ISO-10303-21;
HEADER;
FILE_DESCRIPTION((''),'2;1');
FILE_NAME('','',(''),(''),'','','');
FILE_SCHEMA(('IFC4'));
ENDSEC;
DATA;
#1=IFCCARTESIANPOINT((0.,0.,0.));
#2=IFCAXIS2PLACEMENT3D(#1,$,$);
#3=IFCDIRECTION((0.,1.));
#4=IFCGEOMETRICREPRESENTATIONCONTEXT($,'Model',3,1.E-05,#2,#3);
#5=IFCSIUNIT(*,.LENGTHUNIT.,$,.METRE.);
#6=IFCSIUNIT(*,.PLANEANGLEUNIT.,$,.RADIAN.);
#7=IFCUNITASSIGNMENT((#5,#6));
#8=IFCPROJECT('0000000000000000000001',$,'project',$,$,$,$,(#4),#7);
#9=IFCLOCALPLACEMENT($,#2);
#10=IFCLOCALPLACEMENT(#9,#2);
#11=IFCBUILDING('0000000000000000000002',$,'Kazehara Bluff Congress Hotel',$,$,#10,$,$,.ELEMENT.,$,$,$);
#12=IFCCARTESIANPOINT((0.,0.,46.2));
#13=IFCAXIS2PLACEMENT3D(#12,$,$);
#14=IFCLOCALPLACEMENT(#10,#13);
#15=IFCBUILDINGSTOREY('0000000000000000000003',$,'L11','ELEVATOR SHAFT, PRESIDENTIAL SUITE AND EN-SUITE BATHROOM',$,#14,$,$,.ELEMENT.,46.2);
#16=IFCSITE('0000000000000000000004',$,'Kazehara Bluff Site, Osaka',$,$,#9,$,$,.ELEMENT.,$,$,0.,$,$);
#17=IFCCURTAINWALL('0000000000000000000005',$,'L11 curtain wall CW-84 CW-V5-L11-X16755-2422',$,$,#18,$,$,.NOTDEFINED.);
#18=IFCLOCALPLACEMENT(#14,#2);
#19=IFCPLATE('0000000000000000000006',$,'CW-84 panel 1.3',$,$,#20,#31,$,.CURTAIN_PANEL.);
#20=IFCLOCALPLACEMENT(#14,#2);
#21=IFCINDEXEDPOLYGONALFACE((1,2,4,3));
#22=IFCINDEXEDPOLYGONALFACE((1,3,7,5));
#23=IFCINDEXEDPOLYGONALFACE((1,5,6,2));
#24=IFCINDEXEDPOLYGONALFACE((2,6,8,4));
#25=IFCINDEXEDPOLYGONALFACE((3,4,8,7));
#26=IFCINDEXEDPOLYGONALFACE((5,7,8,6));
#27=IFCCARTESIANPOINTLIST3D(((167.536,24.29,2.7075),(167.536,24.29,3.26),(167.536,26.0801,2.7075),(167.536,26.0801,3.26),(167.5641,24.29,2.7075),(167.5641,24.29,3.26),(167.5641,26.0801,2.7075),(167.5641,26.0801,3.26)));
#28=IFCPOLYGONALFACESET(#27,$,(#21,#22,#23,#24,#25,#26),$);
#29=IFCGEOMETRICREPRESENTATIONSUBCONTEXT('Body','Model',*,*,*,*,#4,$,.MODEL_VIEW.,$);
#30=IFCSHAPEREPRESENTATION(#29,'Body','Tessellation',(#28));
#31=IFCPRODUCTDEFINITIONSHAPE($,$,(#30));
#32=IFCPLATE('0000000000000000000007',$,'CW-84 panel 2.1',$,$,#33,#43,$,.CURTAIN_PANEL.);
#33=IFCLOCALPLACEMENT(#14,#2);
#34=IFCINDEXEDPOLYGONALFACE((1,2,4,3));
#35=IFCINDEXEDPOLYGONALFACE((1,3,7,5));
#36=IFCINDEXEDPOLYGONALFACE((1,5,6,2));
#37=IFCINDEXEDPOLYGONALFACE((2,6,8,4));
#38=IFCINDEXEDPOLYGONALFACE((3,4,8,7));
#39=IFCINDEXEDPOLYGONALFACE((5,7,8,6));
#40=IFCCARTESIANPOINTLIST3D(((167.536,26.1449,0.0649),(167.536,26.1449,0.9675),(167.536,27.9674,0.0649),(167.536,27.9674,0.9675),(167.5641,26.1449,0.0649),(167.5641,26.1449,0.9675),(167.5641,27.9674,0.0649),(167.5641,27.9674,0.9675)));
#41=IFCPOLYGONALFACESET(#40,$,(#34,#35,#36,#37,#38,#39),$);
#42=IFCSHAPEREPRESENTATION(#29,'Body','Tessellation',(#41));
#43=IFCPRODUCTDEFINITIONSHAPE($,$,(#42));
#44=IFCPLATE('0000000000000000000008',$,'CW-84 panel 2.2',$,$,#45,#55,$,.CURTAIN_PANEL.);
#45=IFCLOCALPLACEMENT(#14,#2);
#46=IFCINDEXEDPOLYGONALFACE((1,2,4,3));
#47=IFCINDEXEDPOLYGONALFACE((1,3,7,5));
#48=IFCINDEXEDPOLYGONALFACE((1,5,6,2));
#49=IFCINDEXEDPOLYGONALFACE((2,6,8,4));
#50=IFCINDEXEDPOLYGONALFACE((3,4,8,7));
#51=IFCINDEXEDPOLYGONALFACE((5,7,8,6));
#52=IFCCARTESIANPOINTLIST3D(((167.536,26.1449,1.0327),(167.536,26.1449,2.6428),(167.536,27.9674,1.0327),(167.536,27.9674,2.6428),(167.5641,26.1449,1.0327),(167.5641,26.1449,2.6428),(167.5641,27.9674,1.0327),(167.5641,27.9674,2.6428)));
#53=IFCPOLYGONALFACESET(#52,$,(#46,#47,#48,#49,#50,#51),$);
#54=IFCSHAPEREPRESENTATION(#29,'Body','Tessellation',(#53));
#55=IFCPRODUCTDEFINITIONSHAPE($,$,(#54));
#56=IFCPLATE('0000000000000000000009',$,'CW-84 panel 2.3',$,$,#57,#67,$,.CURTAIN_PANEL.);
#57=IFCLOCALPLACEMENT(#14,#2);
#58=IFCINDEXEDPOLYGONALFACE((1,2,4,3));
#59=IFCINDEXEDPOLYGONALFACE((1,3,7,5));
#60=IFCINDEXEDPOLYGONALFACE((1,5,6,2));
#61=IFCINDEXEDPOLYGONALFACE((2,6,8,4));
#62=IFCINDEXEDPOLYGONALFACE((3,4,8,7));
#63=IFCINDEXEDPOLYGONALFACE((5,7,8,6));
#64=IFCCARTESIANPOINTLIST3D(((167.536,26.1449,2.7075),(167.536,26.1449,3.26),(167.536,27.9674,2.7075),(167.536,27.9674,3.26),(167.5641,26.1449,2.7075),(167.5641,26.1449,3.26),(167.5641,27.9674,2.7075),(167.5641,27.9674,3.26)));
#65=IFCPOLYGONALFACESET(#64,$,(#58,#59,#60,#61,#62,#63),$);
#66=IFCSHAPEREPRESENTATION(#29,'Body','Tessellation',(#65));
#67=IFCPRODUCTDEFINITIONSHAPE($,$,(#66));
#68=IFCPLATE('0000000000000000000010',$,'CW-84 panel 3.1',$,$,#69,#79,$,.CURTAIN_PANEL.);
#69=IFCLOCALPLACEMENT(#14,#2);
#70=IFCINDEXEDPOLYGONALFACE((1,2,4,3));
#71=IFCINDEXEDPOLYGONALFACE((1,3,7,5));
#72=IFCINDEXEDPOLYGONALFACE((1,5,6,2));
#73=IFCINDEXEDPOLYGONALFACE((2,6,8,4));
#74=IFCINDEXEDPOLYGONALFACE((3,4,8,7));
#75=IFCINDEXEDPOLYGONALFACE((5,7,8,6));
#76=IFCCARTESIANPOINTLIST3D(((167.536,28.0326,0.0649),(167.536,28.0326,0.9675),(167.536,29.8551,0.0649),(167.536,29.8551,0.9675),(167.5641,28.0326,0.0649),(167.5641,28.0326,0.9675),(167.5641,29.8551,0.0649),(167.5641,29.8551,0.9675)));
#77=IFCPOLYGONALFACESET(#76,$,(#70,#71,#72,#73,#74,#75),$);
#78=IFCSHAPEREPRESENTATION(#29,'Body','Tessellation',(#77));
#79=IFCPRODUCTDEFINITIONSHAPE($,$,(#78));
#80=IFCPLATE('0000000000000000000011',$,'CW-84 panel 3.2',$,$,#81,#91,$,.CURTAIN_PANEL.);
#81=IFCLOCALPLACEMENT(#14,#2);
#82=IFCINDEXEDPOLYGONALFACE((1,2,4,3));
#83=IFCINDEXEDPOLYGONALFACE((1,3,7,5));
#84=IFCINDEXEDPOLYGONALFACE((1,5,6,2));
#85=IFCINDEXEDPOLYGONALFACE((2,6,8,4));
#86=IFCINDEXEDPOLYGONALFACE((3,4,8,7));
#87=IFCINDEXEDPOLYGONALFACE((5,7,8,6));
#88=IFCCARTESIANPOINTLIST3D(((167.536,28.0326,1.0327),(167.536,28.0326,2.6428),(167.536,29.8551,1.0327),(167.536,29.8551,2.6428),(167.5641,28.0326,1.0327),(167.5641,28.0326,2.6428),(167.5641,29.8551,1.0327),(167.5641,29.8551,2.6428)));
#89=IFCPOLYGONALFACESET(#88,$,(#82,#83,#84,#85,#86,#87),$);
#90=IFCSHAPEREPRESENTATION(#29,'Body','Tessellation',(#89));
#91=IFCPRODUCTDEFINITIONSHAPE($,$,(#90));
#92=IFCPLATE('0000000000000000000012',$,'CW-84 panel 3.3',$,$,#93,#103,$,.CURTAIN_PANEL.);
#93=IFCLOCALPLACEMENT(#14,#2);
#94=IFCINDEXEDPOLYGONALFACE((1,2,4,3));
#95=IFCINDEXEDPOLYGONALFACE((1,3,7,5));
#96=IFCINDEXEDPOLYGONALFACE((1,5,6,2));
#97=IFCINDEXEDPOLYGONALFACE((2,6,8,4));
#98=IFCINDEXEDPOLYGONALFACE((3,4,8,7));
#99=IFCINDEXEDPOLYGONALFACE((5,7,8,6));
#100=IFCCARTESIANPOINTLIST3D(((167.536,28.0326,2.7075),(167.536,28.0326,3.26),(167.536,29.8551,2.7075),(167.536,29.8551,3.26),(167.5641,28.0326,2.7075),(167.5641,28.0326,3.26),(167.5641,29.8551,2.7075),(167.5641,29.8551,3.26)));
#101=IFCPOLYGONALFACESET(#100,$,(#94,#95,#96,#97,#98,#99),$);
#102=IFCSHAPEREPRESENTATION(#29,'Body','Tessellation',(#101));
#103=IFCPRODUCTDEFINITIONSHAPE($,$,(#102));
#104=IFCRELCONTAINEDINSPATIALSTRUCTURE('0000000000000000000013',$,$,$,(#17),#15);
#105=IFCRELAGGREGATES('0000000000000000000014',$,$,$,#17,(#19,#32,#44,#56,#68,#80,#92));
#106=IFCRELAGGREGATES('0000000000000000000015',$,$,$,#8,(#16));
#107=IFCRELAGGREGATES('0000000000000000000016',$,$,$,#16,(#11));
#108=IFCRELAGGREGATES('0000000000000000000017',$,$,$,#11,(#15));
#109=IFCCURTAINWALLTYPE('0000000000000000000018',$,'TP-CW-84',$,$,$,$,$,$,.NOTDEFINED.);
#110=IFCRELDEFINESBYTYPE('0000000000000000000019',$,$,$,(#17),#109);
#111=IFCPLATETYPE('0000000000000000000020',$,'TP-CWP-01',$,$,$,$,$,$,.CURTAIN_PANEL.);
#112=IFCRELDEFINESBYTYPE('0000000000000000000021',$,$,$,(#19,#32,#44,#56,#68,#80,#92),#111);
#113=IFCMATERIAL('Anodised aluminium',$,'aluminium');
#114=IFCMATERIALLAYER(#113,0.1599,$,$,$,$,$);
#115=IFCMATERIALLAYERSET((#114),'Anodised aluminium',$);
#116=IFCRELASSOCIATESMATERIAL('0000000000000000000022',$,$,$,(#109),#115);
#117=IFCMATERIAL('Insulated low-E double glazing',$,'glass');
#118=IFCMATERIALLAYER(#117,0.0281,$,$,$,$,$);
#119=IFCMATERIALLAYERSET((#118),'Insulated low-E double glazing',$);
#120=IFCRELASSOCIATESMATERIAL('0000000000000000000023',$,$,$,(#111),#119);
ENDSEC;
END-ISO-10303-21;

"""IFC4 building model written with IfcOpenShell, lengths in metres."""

from ifc_helpers import new_model, si_unit, direction, frame, origin, origin_2d, place, context, subcontext, project, spatial, rectangle, extrude, material, layer, layer_set, type_object, element, aggregate, save


model = new_model("IFC4")

# Units and contexts
model_context = context("Model", 3, precision=1e-05, world=origin(), true_north=direction((0.0, 1.0)))
body_context = subcontext(model_context, "Body", "Model", "MODEL_VIEW")
ifc_project = project(units=[si_unit("LENGTHUNIT", "METRE"), si_unit("PLANEANGLEUNIT", "RADIAN")], contexts=[model_context])

# Site, building, storey
site_placement = place(None, origin())
site = spatial("IfcSite", under=ifc_project, at=site_placement, Name="Kazehara Bluff Site, Osaka", CompositionType="ELEMENT", RefElevation=0.0)
building_placement = place(site_placement, origin())
building = spatial("IfcBuilding", under=site, at=building_placement, Name="Kazehara Bluff Congress Hotel", CompositionType="ELEMENT")
storey_placement = place(building_placement, frame((0.0, 0.0, 46.2)))
storey = spatial("IfcBuildingStorey", under=building, at=storey_placement, Name="L11", Description="ELEVATOR SHAFT, PRESIDENTIAL SUITE AND EN-SUITE BATHROOM", CompositionType="ELEMENT", Elevation=46.2)

# Curtain wall
ifc_material_1 = material(Name="Anodised aluminium", Category="aluminium")
ifc_layer_1 = layer(ifc_material_1, 0.1599)
ifc_layer_set_1 = layer_set([ifc_layer_1], Name="Anodised aluminium")
curtain_wall_type = type_object("IfcCurtainWallType", Name="TP-CW-84", PredefinedType="NOTDEFINED", material=ifc_layer_set_1)
curtain_wall_placement = place(storey_placement, origin())
curtain_wall = element("IfcCurtainWall", 1, at=curtain_wall_placement, inside=storey, type_object=curtain_wall_type, Name="L11 curtain wall CW-84 CW-V5-L11-X16755-2422", PredefinedType="NOTDEFINED")

# Plates
ifc_material_2 = material(Name="Insulated low-E double glazing", Category="glass")
ifc_layer_2 = layer(ifc_material_2, 0.0281)
ifc_layer_set_2 = layer_set([ifc_layer_2], Name="Insulated low-E double glazing")
plate_type = type_object("IfcPlateType", Name="TP-CWP-01", PredefinedType="CURTAIN_PANEL", material=ifc_layer_set_2)
plate_1_placement = place(storey_placement, frame((167.55, 25.1851, 2.7075), z_axis=(0.0, 0.0, 1.0), x_axis=(0.0, 1.0, 0.0)))
plate_1 = element("IfcPlate", 2, at=plate_1_placement, type_object=plate_type, Name="CW-84 panel 1.3", PredefinedType="CURTAIN_PANEL", context=body_context, shape_type="SweptSolid", body=[
    extrude(rectangle(XDim=1.79, YDim=0.0281, at=origin_2d()), origin(), (0.0, 0.0, 1.0), 0.5525),
])
plate_2_placement = place(storey_placement, frame((167.55, 27.0562, 0.0649), z_axis=(0.0, 0.0, 1.0), x_axis=(0.0, 1.0, 0.0)))
plate_2 = element("IfcPlate", 3, at=plate_2_placement, type_object=plate_type, Name="CW-84 panel 2.1", PredefinedType="CURTAIN_PANEL", context=body_context, shape_type="SweptSolid", body=[
    extrude(rectangle(XDim=1.8225, YDim=0.0281, at=origin_2d()), origin(), (0.0, 0.0, 1.0), 0.9026),
])
plate_3_placement = place(storey_placement, frame((167.55, 27.0562, 1.0327), z_axis=(0.0, 0.0, 1.0), x_axis=(0.0, 1.0, 0.0)))
plate_3 = element("IfcPlate", 4, at=plate_3_placement, type_object=plate_type, Name="CW-84 panel 2.2", PredefinedType="CURTAIN_PANEL", context=body_context, shape_type="SweptSolid", body=[
    extrude(rectangle(XDim=1.8225, YDim=0.0281, at=origin_2d()), origin(), (0.0, 0.0, 1.0), 1.6101),
])
plate_4_placement = place(storey_placement, frame((167.55, 27.0562, 2.7075), z_axis=(0.0, 0.0, 1.0), x_axis=(0.0, 1.0, 0.0)))
plate_4 = element("IfcPlate", 5, at=plate_4_placement, type_object=plate_type, Name="CW-84 panel 2.3", PredefinedType="CURTAIN_PANEL", context=body_context, shape_type="SweptSolid", body=[
    extrude(rectangle(XDim=1.8225, YDim=0.0281, at=origin_2d()), origin(), (0.0, 0.0, 1.0), 0.5525),
])
plate_5_placement = place(storey_placement, frame((167.55, 28.9438, 0.0649), z_axis=(0.0, 0.0, 1.0), x_axis=(0.0, 1.0, 0.0)))
plate_5 = element("IfcPlate", 6, at=plate_5_placement, type_object=plate_type, Name="CW-84 panel 3.1", PredefinedType="CURTAIN_PANEL", context=body_context, shape_type="SweptSolid", body=[
    extrude(rectangle(XDim=1.8225, YDim=0.0281, at=origin_2d()), origin(), (0.0, 0.0, 1.0), 0.9026),
])
plate_6_placement = place(storey_placement, frame((167.55, 28.9438, 1.0327), z_axis=(0.0, 0.0, 1.0), x_axis=(0.0, 1.0, 0.0)))
plate_6 = element("IfcPlate", 7, at=plate_6_placement, type_object=plate_type, Name="CW-84 panel 3.2", PredefinedType="CURTAIN_PANEL", context=body_context, shape_type="SweptSolid", body=[
    extrude(rectangle(XDim=1.8225, YDim=0.0281, at=origin_2d()), origin(), (0.0, 0.0, 1.0), 1.6101),
])
plate_7_placement = place(storey_placement, frame((167.55, 28.9438, 2.7075), z_axis=(0.0, 0.0, 1.0), x_axis=(0.0, 1.0, 0.0)))
plate_7 = element("IfcPlate", 8, at=plate_7_placement, type_object=plate_type, Name="CW-84 panel 3.3", PredefinedType="CURTAIN_PANEL", context=body_context, shape_type="SweptSolid", body=[
    extrude(rectangle(XDim=1.8225, YDim=0.0281, at=origin_2d()), origin(), (0.0, 0.0, 1.0), 0.5525),
])
aggregate(curtain_wall, [plate_1, plate_2, plate_3, plate_4, plate_5, plate_6, plate_7])

save(model, "model.ifc")
